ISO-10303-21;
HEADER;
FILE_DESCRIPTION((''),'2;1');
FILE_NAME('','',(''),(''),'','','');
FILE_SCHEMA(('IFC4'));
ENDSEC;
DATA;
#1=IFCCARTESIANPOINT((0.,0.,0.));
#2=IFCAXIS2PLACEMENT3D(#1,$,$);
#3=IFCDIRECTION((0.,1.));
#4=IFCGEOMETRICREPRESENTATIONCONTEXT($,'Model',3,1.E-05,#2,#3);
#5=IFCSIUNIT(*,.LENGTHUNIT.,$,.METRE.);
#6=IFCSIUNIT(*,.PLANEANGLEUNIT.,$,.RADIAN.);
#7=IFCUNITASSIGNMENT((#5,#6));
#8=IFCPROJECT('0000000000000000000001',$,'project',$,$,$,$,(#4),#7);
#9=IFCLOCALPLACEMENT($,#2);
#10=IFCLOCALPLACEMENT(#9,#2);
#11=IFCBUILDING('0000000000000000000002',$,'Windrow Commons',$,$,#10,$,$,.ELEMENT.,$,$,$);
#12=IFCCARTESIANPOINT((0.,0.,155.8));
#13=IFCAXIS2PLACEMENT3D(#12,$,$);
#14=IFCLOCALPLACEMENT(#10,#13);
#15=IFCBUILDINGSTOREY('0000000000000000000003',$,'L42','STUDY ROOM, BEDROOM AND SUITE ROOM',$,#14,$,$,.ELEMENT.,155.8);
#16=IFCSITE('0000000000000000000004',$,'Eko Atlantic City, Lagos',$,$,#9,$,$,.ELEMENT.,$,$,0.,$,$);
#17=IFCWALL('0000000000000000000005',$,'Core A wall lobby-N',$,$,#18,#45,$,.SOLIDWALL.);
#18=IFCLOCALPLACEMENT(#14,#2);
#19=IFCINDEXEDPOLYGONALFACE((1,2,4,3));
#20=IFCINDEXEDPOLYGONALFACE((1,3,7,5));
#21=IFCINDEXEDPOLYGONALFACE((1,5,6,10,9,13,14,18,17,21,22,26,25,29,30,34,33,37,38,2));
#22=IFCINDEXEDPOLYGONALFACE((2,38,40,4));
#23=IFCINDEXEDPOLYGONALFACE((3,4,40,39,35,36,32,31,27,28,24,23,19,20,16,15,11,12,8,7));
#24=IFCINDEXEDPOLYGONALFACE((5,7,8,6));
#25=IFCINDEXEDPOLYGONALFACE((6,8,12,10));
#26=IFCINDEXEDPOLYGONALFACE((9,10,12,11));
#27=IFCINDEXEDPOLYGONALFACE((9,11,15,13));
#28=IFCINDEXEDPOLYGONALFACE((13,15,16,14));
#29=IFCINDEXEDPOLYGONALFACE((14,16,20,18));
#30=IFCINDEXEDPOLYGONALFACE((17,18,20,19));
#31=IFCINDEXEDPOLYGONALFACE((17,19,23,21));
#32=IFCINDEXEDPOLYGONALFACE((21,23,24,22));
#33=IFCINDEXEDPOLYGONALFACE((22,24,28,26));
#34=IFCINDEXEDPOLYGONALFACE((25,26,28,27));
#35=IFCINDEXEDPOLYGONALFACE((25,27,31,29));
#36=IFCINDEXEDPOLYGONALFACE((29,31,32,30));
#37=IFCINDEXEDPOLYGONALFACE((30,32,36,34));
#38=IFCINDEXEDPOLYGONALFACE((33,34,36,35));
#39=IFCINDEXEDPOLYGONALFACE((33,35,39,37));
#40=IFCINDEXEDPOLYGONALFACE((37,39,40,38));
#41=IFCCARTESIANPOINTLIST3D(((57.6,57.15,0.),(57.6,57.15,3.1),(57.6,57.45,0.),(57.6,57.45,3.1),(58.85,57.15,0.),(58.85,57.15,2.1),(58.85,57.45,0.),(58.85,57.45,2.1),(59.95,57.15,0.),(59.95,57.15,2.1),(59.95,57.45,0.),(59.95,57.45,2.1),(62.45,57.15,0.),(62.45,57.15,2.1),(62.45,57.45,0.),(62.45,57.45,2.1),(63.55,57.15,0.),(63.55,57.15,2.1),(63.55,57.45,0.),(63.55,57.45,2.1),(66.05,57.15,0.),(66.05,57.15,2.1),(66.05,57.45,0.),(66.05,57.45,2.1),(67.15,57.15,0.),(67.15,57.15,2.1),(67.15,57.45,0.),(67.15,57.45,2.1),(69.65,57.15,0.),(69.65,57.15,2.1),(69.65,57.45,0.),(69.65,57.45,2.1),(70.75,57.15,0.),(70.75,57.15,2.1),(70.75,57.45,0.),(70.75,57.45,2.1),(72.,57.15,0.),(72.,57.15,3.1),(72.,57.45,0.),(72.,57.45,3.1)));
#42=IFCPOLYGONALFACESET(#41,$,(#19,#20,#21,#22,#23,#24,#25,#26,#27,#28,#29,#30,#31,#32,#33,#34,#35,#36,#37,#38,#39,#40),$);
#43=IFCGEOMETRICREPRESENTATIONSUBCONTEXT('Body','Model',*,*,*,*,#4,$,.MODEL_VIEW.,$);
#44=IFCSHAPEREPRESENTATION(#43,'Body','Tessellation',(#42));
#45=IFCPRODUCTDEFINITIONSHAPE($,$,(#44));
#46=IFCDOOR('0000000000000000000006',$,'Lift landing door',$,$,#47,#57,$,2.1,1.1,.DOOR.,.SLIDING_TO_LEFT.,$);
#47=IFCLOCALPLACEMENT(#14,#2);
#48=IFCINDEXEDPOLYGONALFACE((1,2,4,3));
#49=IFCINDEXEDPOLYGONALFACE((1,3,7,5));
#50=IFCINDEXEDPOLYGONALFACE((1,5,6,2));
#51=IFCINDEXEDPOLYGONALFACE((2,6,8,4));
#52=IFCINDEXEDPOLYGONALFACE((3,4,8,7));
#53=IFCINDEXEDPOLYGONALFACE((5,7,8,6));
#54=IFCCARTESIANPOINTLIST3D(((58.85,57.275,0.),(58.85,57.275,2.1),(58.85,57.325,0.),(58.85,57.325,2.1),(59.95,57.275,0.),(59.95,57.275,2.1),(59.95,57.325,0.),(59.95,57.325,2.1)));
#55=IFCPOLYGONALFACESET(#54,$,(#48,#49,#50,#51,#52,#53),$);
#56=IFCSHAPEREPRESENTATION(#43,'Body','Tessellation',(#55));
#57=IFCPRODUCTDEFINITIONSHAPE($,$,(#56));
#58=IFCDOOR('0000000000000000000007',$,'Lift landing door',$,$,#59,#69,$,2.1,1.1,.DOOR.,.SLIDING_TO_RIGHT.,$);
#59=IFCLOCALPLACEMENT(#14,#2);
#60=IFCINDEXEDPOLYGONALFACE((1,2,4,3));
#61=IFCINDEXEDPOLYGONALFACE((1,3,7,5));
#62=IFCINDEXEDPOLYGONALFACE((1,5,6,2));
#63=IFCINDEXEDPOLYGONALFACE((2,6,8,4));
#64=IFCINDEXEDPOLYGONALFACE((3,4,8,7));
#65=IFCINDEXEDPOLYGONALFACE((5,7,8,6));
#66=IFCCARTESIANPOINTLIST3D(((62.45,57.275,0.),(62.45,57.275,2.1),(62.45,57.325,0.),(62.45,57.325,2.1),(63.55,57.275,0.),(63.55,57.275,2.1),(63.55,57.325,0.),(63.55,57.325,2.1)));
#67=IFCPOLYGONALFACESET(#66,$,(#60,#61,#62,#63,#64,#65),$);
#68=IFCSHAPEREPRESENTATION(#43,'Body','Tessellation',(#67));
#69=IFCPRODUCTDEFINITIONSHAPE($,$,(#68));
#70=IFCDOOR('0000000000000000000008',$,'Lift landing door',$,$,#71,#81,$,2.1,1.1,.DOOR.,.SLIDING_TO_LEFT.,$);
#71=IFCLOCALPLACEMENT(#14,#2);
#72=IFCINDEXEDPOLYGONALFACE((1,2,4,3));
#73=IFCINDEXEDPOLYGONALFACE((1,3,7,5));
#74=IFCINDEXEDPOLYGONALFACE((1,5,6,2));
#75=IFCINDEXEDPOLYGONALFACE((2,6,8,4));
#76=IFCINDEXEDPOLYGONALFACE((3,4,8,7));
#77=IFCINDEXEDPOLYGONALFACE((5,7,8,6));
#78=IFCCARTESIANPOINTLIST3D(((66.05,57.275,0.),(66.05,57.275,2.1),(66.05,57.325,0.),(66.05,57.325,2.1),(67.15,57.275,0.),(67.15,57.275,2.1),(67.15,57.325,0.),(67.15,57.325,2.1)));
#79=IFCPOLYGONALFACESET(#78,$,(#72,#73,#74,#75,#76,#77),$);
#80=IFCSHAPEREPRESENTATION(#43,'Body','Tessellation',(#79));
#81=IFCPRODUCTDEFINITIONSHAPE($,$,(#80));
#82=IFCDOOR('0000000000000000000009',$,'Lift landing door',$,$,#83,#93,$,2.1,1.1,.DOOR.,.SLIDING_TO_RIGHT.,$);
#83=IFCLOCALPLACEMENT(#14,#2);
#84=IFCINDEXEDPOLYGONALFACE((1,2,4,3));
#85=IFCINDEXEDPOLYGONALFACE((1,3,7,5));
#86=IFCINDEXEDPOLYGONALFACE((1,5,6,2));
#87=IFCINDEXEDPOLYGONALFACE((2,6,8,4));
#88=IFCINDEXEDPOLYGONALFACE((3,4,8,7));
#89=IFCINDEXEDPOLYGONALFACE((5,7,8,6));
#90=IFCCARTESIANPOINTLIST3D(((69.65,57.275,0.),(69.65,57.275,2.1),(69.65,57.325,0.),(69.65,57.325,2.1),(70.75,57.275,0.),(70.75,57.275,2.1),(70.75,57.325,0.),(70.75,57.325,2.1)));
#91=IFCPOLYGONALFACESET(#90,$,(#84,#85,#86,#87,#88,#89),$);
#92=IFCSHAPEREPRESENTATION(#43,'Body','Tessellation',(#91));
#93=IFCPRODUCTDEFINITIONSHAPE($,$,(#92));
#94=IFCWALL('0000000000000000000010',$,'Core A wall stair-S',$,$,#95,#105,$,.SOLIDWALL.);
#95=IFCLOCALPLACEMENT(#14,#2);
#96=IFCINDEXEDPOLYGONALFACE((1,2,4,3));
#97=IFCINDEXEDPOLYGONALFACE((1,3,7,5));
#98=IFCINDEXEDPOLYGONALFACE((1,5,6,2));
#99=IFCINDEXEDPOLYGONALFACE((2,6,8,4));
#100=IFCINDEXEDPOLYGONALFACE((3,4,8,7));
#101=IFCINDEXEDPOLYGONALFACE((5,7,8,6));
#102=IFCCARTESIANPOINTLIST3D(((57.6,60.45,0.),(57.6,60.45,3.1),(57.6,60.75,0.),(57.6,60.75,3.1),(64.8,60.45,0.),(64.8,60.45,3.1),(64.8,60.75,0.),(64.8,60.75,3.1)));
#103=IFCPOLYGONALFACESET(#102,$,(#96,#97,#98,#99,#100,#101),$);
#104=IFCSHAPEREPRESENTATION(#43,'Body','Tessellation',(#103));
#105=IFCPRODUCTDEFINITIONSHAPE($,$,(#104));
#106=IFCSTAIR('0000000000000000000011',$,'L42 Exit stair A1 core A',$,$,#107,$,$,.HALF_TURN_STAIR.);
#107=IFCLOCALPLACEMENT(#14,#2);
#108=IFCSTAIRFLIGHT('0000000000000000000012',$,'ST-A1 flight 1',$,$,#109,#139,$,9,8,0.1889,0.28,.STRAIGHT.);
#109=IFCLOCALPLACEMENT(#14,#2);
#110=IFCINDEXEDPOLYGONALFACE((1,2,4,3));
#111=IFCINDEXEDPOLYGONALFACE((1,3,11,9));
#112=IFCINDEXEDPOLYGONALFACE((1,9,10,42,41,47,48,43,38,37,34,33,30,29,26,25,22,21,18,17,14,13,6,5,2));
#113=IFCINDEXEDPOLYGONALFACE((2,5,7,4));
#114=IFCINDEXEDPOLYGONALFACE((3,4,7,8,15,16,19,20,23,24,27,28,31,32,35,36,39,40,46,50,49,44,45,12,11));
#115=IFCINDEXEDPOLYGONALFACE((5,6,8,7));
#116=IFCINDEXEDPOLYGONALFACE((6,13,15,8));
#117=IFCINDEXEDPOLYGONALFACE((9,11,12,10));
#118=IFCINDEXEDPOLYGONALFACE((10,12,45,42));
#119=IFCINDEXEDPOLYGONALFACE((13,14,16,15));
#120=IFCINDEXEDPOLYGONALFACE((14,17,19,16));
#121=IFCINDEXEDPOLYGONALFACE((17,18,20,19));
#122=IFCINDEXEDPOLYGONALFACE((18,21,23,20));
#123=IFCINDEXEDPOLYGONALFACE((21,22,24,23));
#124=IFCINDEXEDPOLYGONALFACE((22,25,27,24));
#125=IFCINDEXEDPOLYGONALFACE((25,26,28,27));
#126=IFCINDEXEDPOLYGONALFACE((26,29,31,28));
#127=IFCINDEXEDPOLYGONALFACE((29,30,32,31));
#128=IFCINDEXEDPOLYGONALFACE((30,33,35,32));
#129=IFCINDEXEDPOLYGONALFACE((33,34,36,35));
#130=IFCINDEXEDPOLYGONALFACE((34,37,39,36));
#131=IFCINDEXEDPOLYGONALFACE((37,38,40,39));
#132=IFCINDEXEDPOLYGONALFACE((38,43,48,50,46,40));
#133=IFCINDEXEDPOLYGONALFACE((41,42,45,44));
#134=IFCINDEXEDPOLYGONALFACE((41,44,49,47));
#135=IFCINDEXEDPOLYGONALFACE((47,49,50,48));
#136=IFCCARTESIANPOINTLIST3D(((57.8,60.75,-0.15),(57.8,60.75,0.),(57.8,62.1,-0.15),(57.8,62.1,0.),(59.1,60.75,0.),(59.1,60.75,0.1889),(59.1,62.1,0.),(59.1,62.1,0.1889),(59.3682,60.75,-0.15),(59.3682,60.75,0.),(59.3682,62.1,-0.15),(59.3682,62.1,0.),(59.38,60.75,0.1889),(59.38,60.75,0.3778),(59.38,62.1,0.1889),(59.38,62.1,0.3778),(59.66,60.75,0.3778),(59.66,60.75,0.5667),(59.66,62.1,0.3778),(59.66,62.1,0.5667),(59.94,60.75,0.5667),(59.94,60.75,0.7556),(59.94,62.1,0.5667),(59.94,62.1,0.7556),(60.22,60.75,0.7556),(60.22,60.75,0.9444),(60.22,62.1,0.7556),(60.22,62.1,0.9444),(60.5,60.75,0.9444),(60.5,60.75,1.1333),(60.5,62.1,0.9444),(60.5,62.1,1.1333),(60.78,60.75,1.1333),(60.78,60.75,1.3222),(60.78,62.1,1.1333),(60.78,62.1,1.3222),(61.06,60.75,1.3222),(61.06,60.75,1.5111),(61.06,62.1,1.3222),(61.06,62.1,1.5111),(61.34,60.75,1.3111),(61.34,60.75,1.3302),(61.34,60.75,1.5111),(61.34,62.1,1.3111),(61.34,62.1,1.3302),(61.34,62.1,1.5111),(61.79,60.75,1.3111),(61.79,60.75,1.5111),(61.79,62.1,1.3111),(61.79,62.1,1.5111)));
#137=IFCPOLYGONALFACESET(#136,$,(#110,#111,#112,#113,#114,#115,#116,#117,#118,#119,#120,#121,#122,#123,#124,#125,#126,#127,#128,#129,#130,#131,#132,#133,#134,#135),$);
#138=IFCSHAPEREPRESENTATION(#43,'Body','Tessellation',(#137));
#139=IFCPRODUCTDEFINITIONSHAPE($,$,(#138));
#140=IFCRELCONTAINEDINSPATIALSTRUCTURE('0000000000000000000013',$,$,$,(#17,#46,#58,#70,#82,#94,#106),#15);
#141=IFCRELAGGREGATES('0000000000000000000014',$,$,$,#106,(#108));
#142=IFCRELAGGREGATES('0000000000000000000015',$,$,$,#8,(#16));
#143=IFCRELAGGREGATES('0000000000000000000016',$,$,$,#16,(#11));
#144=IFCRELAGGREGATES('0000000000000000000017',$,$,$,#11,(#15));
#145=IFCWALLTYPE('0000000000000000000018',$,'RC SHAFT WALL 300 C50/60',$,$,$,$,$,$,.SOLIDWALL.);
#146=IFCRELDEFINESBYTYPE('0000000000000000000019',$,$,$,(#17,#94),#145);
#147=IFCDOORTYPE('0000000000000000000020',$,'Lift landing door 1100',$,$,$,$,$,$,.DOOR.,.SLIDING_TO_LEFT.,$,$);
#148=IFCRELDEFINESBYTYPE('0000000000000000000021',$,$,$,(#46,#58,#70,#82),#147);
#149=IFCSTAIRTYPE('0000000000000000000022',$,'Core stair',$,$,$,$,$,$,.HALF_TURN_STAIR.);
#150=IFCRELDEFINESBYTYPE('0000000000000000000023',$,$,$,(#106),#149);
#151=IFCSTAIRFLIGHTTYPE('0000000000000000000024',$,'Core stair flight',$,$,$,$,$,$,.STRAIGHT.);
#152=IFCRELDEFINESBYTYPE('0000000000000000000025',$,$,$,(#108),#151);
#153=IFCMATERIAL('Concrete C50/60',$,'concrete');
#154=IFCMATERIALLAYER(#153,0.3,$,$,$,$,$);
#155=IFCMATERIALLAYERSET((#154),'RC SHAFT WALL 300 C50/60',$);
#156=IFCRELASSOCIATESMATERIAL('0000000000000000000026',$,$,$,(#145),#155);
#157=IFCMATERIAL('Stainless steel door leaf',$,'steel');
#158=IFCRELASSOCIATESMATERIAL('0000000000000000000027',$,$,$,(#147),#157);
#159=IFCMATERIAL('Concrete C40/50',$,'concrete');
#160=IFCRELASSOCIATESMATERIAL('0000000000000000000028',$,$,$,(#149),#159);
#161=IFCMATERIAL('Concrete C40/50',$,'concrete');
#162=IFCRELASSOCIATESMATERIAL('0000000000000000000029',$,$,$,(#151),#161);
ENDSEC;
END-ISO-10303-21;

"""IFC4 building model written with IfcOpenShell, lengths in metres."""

from ifc_helpers import new_model, si_unit, direction, frame, frame_2d, origin, place, context, subcontext, project, spatial, polyline, rectangle, outline, extrude, material, layer, layer_set, type_object, element, fill, aggregate, save


model = new_model("IFC4")

# Units and contexts
model_context = context("Model", 3, precision=1e-05, world=origin(), true_north=direction((0.0, 1.0)))
body_context = subcontext(model_context, "Body", "Model", "MODEL_VIEW")
ifc_project = project(units=[si_unit("LENGTHUNIT", "METRE"), si_unit("PLANEANGLEUNIT", "RADIAN")], contexts=[model_context])

# Site, building, storey
site_placement = place(None, origin())
site = spatial("IfcSite", under=ifc_project, at=site_placement, Name="Eko Atlantic City, Lagos", CompositionType="ELEMENT", RefElevation=0.0)
building_placement = place(site_placement, origin())
building = spatial("IfcBuilding", under=site, at=building_placement, Name="Windrow Commons", CompositionType="ELEMENT")
storey_placement = place(building_placement, frame((0.0, 0.0, 155.8)))
storey = spatial("IfcBuildingStorey", under=building, at=storey_placement, Name="L42", Description="STUDY ROOM, BEDROOM AND SUITE ROOM", CompositionType="ELEMENT", Elevation=155.8)

# Shared definitions
ifc_material_1 = material(Name="Concrete C50/60", Category="concrete")
ifc_layer_1 = layer(ifc_material_1, 0.3)
ifc_layer_set_1 = layer_set([ifc_layer_1], Name="RC SHAFT WALL 300 C50/60")
wall_type_1 = type_object("IfcWallType", Name="RC SHAFT WALL 300 C50/60", PredefinedType="SOLIDWALL", material=ifc_layer_set_1)

# Wall, openings, doors
ifc_material_2 = material(Name="Stainless steel door leaf", Category="steel")
door_type_1 = type_object("IfcDoorType", Name="Lift landing door 1100", OperationType="SLIDING_TO_LEFT", PredefinedType="DOOR", material=ifc_material_2)
wall_1_placement = place(storey_placement, frame((57.6, 57.3, 0.0), z_axis=(0.0, 0.0, 1.0), x_axis=(1.0, 0.0, 0.0)))
wall_1 = element("IfcWall", 1, at=wall_1_placement, inside=storey, type_object=wall_type_1, Name="Core A wall lobby-N", PredefinedType="SOLIDWALL", context=body_context, shape_type="SweptSolid", body=[
    extrude(rectangle(XDim=14.4, YDim=0.3, at=frame_2d((7.2, 0.0))), origin(), (0.0, 0.0, 1.0), 3.1),
])
opening_1_placement = place(wall_1_placement, frame((1.25, 0.0, 0.0)))
opening_1 = element("IfcOpeningElement", 2, at=opening_1_placement, cuts=wall_1, PredefinedType="OPENING", context=body_context, shape_type="SweptSolid", body=[
    extrude(rectangle(XDim=1.1, YDim=2.1, at=frame_2d((0.55, 1.05))), frame((0.0, 0.16, 0.0), z_axis=(0.0, -1.0, 0.0), x_axis=(1.0, 0.0, 0.0)), (0.0, 0.0, 1.0), 0.32),
])
opening_2_placement = place(wall_1_placement, frame((4.85, 0.0, 0.0)))
opening_2 = element("IfcOpeningElement", 3, at=opening_2_placement, cuts=wall_1, PredefinedType="OPENING", context=body_context, shape_type="SweptSolid", body=[
    extrude(rectangle(XDim=1.1, YDim=2.1, at=frame_2d((0.55, 1.05))), frame((0.0, 0.16, 0.0), z_axis=(0.0, -1.0, 0.0), x_axis=(1.0, 0.0, 0.0)), (0.0, 0.0, 1.0), 0.32),
])
opening_3_placement = place(wall_1_placement, frame((8.45, 0.0, 0.0)))
opening_3 = element("IfcOpeningElement", 4, at=opening_3_placement, cuts=wall_1, PredefinedType="OPENING", context=body_context, shape_type="SweptSolid", body=[
    extrude(rectangle(XDim=1.1, YDim=2.1, at=frame_2d((0.55, 1.05))), frame((0.0, 0.16, 0.0), z_axis=(0.0, -1.0, 0.0), x_axis=(1.0, 0.0, 0.0)), (0.0, 0.0, 1.0), 0.32),
])
opening_4_placement = place(wall_1_placement, frame((12.05, 0.0, 0.0)))
opening_4 = element("IfcOpeningElement", 5, at=opening_4_placement, cuts=wall_1, PredefinedType="OPENING", context=body_context, shape_type="SweptSolid", body=[
    extrude(rectangle(XDim=1.1, YDim=2.1, at=frame_2d((0.55, 1.05))), frame((0.0, 0.16, 0.0), z_axis=(0.0, -1.0, 0.0), x_axis=(1.0, 0.0, 0.0)), (0.0, 0.0, 1.0), 0.32),
])
door_1_placement = place(opening_1_placement, origin())
door_1 = element("IfcDoor", 6, at=door_1_placement, inside=storey, type_object=door_type_1, Name="Lift landing door", OperationType="SLIDING_TO_LEFT", OverallHeight=2.1, OverallWidth=1.1, PredefinedType="DOOR", context=body_context, shape_type="SweptSolid", body=[
    extrude(rectangle(XDim=1.1, YDim=2.1, at=frame_2d((0.55, 1.05))), frame((0.0, 0.025, 0.0), z_axis=(0.0, -1.0, 0.0), x_axis=(1.0, 0.0, 0.0)), (0.0, 0.0, 1.0), 0.05),
])
fill(opening_1, door_1)
door_2_placement = place(opening_2_placement, origin())
door_2 = element("IfcDoor", 7, at=door_2_placement, inside=storey, type_object=door_type_1, Name="Lift landing door", OperationType="SLIDING_TO_RIGHT", OverallHeight=2.1, OverallWidth=1.1, PredefinedType="DOOR", context=body_context, shape_type="SweptSolid", body=[
    extrude(rectangle(XDim=1.1, YDim=2.1, at=frame_2d((0.55, 1.05))), frame((0.0, 0.025, 0.0), z_axis=(0.0, -1.0, 0.0), x_axis=(1.0, 0.0, 0.0)), (0.0, 0.0, 1.0), 0.05),
])
fill(opening_2, door_2)
door_3_placement = place(opening_3_placement, origin())
door_3 = element("IfcDoor", 8, at=door_3_placement, inside=storey, type_object=door_type_1, Name="Lift landing door", OperationType="SLIDING_TO_LEFT", OverallHeight=2.1, OverallWidth=1.1, PredefinedType="DOOR", context=body_context, shape_type="SweptSolid", body=[
    extrude(rectangle(XDim=1.1, YDim=2.1, at=frame_2d((0.55, 1.05))), frame((0.0, 0.025, 0.0), z_axis=(0.0, -1.0, 0.0), x_axis=(1.0, 0.0, 0.0)), (0.0, 0.0, 1.0), 0.05),
])
fill(opening_3, door_3)
door_4_placement = place(opening_4_placement, origin())
door_4 = element("IfcDoor", 9, at=door_4_placement, inside=storey, type_object=door_type_1, Name="Lift landing door", OperationType="SLIDING_TO_RIGHT", OverallHeight=2.1, OverallWidth=1.1, PredefinedType="DOOR", context=body_context, shape_type="SweptSolid", body=[
    extrude(rectangle(XDim=1.1, YDim=2.1, at=frame_2d((0.55, 1.05))), frame((0.0, 0.025, 0.0), z_axis=(0.0, -1.0, 0.0), x_axis=(1.0, 0.0, 0.0)), (0.0, 0.0, 1.0), 0.05),
])
fill(opening_4, door_4)

# Wall
wall_2_placement = place(storey_placement, frame((57.6, 60.6, 0.0), z_axis=(0.0, 0.0, 1.0), x_axis=(1.0, 0.0, 0.0)))
element("IfcWall", 10, at=wall_2_placement, inside=storey, type_object=wall_type_1, Name="Core A wall stair-S", PredefinedType="SOLIDWALL", context=body_context, shape_type="SweptSolid", body=[
    extrude(rectangle(XDim=7.2, YDim=0.3, at=frame_2d((3.6, 0.0))), origin(), (0.0, 0.0, 1.0), 3.1),
])

# Stair, stair flight
ifc_material_3 = material(Name="Concrete C40/50", Category="concrete")
stair_type = type_object("IfcStairType", Name="Core stair", PredefinedType="HALF_TURN_STAIR", material=ifc_material_3)
stair_placement = place(storey_placement, origin())
stair = element("IfcStair", 11, at=stair_placement, inside=storey, type_object=stair_type, Name="L42 Exit stair A1 core A", PredefinedType="HALF_TURN_STAIR")
ifc_material_4 = material(Name="Concrete C40/50", Category="concrete")
stair_flight_type = type_object("IfcStairFlightType", Name="Core stair flight", PredefinedType="STRAIGHT", material=ifc_material_4)
stair_flight_placement = place(storey_placement, frame((59.1, 61.425, 0.0), z_axis=(0.0, 0.0, 1.0), x_axis=(1.0, 0.0, 0.0)))
stair_flight = element("IfcStairFlight", 12, at=stair_flight_placement, type_object=stair_flight_type, Name="ST-A1 flight 1", NumberOfRisers=9, NumberOfTreads=8, PredefinedType="STRAIGHT", RiserHeight=0.1889, TreadLength=0.28, context=body_context, shape_type="SweptSolid", body=[
    extrude(outline(polyline([(-1.3, -0.15), (-1.3, 0.0), (0.0, 0.0), (0.0, 0.1889), (0.28, 0.1889), (0.28, 0.3778), (0.56, 0.3778), (0.56, 0.5667), (0.84, 0.5667), (0.84, 0.7556), (1.12, 0.7556), (1.12, 0.9444), (1.4, 0.9444), (1.4, 1.1333), (1.68, 1.1333), (1.68, 1.3222), (1.96, 1.3222), (1.96, 1.5111), (2.24, 1.5111), (2.69, 1.5111), (2.69, 1.3111), (2.24, 1.3111), (2.24, 1.3302), (0.2682, 0.0), (0.2682, -0.15), (-1.3, -0.15)])), frame((0.0, 0.675, 0.0), z_axis=(0.0, -1.0, 0.0), x_axis=(1.0, 0.0, 0.0)), (0.0, 0.0, 1.0), 1.35),
])
aggregate(stair, [stair_flight])

save(model, "model.ifc")
